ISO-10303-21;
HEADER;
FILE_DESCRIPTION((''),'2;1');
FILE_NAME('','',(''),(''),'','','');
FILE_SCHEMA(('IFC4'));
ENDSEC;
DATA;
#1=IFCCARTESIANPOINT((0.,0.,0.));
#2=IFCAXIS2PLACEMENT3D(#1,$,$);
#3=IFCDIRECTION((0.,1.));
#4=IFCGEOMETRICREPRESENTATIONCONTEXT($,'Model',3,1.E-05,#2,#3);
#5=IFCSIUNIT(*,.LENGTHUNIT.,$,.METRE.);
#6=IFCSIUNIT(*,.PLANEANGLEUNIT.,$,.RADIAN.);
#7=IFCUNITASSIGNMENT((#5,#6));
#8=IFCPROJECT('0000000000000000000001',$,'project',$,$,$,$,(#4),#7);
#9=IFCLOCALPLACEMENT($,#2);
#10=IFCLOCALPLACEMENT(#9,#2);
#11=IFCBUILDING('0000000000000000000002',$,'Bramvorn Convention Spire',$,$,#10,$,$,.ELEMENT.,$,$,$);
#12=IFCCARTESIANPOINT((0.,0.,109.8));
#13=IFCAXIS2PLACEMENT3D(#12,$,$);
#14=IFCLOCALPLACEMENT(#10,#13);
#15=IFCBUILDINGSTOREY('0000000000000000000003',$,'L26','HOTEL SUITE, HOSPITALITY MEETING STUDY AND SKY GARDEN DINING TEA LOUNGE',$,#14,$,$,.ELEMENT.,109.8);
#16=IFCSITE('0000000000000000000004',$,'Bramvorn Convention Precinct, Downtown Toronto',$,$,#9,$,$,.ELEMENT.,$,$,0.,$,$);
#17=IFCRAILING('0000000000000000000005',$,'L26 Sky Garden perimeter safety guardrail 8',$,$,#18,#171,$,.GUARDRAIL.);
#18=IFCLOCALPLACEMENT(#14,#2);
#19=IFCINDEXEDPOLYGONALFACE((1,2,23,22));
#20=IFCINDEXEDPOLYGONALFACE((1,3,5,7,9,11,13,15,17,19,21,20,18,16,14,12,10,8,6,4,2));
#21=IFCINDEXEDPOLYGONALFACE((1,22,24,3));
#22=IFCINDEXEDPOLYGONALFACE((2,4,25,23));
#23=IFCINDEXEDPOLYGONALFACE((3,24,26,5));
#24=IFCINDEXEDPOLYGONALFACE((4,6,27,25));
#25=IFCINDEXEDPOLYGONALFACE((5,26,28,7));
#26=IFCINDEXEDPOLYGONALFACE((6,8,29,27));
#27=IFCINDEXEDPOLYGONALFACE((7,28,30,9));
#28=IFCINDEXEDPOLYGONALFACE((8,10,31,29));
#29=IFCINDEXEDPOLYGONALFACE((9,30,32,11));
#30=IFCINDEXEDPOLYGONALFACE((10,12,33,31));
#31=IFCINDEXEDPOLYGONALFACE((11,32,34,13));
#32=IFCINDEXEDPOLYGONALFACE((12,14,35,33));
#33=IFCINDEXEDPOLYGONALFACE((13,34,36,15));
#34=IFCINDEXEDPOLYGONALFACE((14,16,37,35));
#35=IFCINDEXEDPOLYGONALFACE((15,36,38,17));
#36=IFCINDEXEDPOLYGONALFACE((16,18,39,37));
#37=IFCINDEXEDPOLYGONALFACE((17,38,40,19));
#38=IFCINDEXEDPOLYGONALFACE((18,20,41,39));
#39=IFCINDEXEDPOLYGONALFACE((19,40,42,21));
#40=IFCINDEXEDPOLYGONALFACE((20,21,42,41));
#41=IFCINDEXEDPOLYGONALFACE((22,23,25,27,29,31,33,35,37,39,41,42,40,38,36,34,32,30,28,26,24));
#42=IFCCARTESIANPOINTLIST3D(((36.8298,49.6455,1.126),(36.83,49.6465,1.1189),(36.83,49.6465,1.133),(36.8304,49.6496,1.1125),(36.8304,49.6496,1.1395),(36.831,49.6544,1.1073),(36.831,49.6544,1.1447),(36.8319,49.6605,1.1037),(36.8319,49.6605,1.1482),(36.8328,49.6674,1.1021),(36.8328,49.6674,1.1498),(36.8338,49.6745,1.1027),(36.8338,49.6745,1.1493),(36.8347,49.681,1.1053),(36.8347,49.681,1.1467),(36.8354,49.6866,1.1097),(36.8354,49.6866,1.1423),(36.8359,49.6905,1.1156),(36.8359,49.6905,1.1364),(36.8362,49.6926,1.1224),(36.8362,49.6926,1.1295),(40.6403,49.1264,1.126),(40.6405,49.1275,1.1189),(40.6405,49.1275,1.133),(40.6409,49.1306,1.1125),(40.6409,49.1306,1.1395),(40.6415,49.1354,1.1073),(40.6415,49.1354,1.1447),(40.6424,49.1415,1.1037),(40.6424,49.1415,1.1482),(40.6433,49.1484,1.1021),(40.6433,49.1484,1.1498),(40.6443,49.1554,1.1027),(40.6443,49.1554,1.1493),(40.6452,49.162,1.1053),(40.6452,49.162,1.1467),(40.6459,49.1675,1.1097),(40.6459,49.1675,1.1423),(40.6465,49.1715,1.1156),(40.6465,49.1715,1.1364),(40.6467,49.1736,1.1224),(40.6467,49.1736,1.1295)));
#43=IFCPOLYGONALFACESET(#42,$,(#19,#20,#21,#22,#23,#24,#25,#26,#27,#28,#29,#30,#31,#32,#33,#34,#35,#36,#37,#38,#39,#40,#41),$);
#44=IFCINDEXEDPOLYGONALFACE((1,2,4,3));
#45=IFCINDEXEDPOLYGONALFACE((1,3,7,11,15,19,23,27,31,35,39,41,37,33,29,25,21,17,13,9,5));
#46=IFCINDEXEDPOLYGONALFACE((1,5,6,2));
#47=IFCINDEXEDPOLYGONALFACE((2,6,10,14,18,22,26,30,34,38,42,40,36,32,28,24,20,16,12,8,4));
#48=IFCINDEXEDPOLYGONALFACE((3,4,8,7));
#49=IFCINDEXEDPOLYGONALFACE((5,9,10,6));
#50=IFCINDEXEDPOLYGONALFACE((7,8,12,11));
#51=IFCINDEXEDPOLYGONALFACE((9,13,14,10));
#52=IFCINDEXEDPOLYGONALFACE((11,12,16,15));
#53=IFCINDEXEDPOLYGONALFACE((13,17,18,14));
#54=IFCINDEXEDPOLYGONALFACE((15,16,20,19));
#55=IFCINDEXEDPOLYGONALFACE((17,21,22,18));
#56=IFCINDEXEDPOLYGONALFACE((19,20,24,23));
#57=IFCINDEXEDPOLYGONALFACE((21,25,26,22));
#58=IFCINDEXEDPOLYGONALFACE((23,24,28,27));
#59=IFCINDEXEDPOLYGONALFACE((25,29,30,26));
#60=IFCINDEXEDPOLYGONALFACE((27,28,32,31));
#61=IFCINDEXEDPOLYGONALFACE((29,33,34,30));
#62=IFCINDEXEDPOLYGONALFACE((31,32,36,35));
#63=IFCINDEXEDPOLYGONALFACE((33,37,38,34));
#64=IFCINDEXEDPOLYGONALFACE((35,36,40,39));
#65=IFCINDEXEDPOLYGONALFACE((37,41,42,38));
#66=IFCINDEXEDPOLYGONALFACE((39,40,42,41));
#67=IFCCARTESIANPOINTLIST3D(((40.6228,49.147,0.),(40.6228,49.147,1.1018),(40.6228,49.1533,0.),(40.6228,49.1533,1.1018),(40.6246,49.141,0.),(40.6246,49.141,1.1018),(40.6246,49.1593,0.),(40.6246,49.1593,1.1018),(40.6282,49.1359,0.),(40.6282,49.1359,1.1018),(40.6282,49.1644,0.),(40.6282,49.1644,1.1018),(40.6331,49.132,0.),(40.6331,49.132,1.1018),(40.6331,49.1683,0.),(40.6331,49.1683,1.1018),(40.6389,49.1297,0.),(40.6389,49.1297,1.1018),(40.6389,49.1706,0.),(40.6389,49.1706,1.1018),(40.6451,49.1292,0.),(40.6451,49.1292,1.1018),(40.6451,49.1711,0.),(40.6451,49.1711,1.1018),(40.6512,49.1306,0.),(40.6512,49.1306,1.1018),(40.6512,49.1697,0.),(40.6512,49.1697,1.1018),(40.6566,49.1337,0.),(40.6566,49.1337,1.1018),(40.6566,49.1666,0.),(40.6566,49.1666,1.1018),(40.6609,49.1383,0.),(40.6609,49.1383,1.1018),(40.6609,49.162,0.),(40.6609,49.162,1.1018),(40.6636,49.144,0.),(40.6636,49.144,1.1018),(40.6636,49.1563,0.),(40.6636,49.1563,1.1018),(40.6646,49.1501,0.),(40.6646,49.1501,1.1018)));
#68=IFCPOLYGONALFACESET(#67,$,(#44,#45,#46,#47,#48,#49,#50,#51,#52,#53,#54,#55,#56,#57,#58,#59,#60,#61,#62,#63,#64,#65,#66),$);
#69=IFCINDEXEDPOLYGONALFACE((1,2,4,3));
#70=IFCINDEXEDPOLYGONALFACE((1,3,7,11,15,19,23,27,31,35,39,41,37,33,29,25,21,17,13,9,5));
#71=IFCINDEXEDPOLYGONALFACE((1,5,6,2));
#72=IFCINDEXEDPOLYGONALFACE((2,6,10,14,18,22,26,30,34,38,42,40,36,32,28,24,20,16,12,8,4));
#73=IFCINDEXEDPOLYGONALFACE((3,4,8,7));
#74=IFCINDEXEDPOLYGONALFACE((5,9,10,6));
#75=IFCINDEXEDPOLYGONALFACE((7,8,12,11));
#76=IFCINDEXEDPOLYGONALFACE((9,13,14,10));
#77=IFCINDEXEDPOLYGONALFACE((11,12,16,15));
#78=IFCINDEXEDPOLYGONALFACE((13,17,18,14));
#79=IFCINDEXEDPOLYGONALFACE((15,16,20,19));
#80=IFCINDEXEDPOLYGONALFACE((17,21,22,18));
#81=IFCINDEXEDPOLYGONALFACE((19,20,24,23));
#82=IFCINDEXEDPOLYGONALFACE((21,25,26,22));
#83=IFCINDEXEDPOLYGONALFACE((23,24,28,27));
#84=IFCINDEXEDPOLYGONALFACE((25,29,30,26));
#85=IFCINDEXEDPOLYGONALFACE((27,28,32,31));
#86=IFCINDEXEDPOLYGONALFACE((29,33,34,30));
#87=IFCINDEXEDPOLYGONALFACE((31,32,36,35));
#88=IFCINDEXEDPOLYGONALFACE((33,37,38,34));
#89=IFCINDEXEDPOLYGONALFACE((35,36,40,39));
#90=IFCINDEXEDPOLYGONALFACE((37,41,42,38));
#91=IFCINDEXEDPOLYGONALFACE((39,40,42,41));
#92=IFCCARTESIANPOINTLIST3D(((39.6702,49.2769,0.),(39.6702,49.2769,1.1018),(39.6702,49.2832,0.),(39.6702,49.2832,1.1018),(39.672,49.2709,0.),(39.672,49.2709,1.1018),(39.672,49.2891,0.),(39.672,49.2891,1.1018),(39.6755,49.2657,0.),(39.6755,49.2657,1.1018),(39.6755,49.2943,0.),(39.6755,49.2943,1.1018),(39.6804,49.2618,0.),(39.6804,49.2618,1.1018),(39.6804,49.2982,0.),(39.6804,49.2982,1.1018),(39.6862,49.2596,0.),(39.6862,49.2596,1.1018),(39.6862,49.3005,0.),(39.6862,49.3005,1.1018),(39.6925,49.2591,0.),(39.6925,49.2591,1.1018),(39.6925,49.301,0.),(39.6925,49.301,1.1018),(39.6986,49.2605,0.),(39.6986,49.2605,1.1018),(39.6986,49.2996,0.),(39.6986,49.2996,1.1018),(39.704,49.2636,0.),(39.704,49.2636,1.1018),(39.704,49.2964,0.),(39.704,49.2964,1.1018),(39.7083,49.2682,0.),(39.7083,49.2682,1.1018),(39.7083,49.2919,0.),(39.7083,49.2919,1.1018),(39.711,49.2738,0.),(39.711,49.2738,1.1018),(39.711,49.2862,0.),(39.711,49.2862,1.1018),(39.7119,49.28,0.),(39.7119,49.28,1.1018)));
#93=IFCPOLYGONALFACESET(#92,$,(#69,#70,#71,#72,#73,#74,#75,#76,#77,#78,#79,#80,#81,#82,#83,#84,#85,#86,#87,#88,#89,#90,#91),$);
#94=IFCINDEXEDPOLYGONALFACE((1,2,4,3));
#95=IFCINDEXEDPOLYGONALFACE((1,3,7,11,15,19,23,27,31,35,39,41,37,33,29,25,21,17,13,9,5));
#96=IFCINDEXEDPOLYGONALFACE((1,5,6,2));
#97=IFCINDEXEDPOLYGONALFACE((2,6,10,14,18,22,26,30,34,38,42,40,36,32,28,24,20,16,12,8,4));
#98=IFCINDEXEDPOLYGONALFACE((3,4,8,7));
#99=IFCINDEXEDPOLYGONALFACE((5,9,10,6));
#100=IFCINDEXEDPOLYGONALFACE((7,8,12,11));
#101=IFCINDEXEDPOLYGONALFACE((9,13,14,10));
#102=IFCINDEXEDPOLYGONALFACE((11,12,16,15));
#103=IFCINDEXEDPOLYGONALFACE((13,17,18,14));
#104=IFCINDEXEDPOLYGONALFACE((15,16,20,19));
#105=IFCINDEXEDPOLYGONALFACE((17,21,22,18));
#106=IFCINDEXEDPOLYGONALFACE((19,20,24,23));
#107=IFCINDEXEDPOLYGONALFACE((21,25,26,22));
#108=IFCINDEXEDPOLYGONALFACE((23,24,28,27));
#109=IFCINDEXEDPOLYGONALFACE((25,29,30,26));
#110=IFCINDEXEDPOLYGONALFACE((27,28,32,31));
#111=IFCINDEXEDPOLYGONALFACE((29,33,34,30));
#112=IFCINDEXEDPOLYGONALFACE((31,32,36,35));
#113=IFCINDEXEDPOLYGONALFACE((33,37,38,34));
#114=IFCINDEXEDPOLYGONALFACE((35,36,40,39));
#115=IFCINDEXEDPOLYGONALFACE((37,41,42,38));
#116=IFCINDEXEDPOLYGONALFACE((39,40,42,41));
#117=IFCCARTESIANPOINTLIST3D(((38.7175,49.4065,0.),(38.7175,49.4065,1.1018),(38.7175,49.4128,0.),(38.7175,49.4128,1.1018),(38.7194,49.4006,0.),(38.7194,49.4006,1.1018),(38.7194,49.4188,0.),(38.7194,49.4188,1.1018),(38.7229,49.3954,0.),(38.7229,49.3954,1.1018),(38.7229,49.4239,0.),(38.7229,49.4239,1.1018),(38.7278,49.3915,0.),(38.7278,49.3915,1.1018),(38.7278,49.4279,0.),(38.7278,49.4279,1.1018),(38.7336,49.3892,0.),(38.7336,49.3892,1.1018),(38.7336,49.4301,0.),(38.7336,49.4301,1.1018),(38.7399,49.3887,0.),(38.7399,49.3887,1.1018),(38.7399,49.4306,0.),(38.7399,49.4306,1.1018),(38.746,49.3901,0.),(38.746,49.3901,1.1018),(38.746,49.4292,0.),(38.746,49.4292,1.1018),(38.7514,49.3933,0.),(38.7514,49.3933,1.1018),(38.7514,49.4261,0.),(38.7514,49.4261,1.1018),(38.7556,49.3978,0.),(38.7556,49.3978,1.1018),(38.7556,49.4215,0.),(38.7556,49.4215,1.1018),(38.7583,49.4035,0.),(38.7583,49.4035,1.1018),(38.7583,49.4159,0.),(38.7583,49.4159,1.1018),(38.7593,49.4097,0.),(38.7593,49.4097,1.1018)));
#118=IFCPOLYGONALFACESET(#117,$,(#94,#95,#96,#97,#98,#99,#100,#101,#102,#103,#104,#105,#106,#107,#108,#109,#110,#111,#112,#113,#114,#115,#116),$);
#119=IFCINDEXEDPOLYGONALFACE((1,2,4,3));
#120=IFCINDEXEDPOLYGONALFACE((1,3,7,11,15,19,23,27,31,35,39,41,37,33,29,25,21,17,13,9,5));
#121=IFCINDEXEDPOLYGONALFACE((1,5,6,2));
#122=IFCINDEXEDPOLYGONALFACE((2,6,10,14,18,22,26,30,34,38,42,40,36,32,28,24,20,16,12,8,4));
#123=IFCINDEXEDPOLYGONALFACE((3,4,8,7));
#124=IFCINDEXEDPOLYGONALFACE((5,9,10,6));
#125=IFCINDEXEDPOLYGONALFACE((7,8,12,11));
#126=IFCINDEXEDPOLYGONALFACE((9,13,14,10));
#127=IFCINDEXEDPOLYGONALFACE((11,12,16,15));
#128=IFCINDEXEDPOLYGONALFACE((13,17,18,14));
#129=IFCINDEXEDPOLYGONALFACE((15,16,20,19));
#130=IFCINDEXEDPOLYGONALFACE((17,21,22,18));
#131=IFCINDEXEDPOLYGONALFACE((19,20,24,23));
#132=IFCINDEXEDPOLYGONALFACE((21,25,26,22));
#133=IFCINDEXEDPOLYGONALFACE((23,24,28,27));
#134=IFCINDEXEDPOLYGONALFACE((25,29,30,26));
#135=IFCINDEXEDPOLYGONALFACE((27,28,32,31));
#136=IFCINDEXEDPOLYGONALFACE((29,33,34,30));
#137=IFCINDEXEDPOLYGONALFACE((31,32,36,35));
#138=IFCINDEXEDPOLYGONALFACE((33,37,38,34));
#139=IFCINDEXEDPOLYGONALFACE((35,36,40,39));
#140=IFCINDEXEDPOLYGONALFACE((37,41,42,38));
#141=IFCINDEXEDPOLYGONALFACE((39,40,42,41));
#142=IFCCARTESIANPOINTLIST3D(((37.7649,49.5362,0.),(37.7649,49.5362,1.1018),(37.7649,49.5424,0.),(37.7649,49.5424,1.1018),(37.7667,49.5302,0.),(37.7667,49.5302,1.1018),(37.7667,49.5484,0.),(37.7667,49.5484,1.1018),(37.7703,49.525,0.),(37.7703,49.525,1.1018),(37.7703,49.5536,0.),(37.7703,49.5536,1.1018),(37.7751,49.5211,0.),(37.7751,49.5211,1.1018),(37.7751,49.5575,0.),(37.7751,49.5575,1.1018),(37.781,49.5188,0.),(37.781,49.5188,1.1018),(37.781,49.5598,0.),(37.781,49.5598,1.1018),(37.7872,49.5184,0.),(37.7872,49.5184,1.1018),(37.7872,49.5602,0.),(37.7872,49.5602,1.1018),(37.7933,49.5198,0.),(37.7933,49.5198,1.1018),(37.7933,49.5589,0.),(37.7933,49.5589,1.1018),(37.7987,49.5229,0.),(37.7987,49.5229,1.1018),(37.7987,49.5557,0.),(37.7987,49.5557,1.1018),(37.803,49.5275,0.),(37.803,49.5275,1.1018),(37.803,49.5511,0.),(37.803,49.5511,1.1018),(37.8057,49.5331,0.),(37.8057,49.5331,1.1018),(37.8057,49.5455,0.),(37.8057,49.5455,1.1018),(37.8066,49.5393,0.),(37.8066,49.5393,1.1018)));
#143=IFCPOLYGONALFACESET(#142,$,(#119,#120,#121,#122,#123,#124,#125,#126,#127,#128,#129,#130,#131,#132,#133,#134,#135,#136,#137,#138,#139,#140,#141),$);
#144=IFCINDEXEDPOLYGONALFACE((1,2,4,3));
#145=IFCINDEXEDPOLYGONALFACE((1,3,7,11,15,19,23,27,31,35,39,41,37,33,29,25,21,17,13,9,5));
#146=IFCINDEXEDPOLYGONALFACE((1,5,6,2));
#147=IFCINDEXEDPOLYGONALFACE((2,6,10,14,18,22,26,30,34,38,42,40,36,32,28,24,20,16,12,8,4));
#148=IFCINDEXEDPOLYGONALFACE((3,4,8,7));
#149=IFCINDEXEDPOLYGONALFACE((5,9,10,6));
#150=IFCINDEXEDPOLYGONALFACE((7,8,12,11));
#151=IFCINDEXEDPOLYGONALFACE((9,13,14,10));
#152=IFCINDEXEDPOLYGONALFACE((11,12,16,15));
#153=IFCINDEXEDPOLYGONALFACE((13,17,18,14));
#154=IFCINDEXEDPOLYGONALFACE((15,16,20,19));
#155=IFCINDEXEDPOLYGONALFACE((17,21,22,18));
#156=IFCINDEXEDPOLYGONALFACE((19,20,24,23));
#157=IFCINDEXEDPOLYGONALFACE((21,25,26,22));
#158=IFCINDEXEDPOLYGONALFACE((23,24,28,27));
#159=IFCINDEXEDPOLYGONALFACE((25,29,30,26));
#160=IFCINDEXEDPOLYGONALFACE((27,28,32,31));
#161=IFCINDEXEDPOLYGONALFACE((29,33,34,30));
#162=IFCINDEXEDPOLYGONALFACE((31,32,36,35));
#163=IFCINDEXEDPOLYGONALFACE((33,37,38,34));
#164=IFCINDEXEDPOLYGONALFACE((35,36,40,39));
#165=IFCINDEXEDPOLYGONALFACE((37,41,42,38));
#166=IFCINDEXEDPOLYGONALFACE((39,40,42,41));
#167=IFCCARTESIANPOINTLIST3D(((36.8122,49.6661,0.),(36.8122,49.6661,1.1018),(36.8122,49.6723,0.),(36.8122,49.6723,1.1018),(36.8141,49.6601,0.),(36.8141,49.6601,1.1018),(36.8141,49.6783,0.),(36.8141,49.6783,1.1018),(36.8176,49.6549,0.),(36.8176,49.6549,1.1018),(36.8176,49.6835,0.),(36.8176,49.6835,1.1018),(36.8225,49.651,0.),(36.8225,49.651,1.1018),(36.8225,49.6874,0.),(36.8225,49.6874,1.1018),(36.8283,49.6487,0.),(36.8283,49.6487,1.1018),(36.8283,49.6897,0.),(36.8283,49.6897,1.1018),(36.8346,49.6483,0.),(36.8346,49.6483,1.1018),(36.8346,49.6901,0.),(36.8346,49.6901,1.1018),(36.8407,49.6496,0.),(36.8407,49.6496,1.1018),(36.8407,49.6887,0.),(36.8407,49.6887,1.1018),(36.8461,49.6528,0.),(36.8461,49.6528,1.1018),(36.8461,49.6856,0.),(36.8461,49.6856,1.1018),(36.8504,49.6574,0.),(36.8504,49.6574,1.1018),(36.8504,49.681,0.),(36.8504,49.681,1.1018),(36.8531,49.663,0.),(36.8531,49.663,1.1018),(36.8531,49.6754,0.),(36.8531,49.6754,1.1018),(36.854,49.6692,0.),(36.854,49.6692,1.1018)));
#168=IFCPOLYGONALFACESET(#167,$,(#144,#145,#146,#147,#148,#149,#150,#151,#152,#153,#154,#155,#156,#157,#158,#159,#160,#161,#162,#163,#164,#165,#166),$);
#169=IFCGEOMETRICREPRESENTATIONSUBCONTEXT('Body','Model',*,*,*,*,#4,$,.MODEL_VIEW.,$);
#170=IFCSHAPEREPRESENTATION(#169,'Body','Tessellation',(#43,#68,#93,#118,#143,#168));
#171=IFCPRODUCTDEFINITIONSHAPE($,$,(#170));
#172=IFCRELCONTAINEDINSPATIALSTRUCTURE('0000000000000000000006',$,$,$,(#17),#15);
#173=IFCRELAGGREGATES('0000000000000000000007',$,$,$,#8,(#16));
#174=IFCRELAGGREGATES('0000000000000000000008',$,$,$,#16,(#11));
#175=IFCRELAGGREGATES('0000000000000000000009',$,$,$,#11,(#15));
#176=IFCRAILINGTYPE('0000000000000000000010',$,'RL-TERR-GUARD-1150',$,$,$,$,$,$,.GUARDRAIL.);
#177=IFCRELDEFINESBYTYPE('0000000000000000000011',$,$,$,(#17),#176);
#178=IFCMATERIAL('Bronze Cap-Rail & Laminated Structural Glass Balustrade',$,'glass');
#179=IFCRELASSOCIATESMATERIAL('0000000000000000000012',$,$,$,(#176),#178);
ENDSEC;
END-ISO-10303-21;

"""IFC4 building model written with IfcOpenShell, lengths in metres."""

from ifc_helpers import new_model, si_unit, direction, frame, origin, origin_2d, place, context, subcontext, project, spatial, circle, extrude, material, type_object, element, save


model = new_model("IFC4")

# Units and contexts
model_context = context("Model", 3, precision=1e-05, world=origin(), true_north=direction((0.0, 1.0)))
body_context = subcontext(model_context, "Body", "Model", "MODEL_VIEW")
ifc_project = project(units=[si_unit("LENGTHUNIT", "METRE"), si_unit("PLANEANGLEUNIT", "RADIAN")], contexts=[model_context])

# Site, building, storey
site_placement = place(None, origin())
site = spatial("IfcSite", under=ifc_project, at=site_placement, Name="Bramvorn Convention Precinct, Downtown Toronto", CompositionType="ELEMENT", RefElevation=0.0)
building_placement = place(site_placement, origin())
building = spatial("IfcBuilding", under=site, at=building_placement, Name="Bramvorn Convention Spire", CompositionType="ELEMENT")
storey_placement = place(building_placement, frame((0.0, 0.0, 109.8)))
storey = spatial("IfcBuildingStorey", under=building, at=storey_placement, Name="L26", Description="HOTEL SUITE, HOSPITALITY MEETING STUDY AND SKY GARDEN DINING TEA LOUNGE", CompositionType="ELEMENT", Elevation=109.8)

# Railing
ifc_material_1 = material(Name="Bronze Cap-Rail & Laminated Structural Glass Balustrade", Category="glass")
railing_type = type_object("IfcRailingType", Name="RL-TERR-GUARD-1150", PredefinedType="GUARDRAIL", material=ifc_material_1)
railing_1_placement = place(storey_placement, frame((40.6436, 49.1501, 0.0)))
element("IfcRailing", 1, at=railing_1_placement, inside=storey, type_object=railing_type, Name="L26 Sky Garden perimeter safety guardrail 8", PredefinedType="GUARDRAIL", context=body_context, shape_type="SweptSolid", body=[
    extrude(circle(Radius=0.0239, at=origin_2d()), frame((0.0, 0.0, 1.126), z_axis=(-0.99085, 0.134966, 0.0), x_axis=(-0.134966, -0.99085, 0.0)), (0.0, 0.0, 1.0), 3.8457),
    extrude(circle(Radius=0.021, at=origin_2d()), origin(), (0.0, 0.0, 1.0), 1.1018),
    extrude(circle(Radius=0.021, at=origin_2d()), frame((-0.9526, 0.1299, 0.0)), (0.0, 0.0, 1.0), 1.1018),
    extrude(circle(Radius=0.021, at=origin_2d()), frame((-1.9053, 0.2595, 0.0)), (0.0, 0.0, 1.0), 1.1018),
    extrude(circle(Radius=0.021, at=origin_2d()), frame((-2.8579, 0.3892, 0.0)), (0.0, 0.0, 1.0), 1.1018),
    extrude(circle(Radius=0.021, at=origin_2d()), frame((-3.8105, 0.519, 0.0)), (0.0, 0.0, 1.0), 1.1018),
])

save(model, "model.ifc")
